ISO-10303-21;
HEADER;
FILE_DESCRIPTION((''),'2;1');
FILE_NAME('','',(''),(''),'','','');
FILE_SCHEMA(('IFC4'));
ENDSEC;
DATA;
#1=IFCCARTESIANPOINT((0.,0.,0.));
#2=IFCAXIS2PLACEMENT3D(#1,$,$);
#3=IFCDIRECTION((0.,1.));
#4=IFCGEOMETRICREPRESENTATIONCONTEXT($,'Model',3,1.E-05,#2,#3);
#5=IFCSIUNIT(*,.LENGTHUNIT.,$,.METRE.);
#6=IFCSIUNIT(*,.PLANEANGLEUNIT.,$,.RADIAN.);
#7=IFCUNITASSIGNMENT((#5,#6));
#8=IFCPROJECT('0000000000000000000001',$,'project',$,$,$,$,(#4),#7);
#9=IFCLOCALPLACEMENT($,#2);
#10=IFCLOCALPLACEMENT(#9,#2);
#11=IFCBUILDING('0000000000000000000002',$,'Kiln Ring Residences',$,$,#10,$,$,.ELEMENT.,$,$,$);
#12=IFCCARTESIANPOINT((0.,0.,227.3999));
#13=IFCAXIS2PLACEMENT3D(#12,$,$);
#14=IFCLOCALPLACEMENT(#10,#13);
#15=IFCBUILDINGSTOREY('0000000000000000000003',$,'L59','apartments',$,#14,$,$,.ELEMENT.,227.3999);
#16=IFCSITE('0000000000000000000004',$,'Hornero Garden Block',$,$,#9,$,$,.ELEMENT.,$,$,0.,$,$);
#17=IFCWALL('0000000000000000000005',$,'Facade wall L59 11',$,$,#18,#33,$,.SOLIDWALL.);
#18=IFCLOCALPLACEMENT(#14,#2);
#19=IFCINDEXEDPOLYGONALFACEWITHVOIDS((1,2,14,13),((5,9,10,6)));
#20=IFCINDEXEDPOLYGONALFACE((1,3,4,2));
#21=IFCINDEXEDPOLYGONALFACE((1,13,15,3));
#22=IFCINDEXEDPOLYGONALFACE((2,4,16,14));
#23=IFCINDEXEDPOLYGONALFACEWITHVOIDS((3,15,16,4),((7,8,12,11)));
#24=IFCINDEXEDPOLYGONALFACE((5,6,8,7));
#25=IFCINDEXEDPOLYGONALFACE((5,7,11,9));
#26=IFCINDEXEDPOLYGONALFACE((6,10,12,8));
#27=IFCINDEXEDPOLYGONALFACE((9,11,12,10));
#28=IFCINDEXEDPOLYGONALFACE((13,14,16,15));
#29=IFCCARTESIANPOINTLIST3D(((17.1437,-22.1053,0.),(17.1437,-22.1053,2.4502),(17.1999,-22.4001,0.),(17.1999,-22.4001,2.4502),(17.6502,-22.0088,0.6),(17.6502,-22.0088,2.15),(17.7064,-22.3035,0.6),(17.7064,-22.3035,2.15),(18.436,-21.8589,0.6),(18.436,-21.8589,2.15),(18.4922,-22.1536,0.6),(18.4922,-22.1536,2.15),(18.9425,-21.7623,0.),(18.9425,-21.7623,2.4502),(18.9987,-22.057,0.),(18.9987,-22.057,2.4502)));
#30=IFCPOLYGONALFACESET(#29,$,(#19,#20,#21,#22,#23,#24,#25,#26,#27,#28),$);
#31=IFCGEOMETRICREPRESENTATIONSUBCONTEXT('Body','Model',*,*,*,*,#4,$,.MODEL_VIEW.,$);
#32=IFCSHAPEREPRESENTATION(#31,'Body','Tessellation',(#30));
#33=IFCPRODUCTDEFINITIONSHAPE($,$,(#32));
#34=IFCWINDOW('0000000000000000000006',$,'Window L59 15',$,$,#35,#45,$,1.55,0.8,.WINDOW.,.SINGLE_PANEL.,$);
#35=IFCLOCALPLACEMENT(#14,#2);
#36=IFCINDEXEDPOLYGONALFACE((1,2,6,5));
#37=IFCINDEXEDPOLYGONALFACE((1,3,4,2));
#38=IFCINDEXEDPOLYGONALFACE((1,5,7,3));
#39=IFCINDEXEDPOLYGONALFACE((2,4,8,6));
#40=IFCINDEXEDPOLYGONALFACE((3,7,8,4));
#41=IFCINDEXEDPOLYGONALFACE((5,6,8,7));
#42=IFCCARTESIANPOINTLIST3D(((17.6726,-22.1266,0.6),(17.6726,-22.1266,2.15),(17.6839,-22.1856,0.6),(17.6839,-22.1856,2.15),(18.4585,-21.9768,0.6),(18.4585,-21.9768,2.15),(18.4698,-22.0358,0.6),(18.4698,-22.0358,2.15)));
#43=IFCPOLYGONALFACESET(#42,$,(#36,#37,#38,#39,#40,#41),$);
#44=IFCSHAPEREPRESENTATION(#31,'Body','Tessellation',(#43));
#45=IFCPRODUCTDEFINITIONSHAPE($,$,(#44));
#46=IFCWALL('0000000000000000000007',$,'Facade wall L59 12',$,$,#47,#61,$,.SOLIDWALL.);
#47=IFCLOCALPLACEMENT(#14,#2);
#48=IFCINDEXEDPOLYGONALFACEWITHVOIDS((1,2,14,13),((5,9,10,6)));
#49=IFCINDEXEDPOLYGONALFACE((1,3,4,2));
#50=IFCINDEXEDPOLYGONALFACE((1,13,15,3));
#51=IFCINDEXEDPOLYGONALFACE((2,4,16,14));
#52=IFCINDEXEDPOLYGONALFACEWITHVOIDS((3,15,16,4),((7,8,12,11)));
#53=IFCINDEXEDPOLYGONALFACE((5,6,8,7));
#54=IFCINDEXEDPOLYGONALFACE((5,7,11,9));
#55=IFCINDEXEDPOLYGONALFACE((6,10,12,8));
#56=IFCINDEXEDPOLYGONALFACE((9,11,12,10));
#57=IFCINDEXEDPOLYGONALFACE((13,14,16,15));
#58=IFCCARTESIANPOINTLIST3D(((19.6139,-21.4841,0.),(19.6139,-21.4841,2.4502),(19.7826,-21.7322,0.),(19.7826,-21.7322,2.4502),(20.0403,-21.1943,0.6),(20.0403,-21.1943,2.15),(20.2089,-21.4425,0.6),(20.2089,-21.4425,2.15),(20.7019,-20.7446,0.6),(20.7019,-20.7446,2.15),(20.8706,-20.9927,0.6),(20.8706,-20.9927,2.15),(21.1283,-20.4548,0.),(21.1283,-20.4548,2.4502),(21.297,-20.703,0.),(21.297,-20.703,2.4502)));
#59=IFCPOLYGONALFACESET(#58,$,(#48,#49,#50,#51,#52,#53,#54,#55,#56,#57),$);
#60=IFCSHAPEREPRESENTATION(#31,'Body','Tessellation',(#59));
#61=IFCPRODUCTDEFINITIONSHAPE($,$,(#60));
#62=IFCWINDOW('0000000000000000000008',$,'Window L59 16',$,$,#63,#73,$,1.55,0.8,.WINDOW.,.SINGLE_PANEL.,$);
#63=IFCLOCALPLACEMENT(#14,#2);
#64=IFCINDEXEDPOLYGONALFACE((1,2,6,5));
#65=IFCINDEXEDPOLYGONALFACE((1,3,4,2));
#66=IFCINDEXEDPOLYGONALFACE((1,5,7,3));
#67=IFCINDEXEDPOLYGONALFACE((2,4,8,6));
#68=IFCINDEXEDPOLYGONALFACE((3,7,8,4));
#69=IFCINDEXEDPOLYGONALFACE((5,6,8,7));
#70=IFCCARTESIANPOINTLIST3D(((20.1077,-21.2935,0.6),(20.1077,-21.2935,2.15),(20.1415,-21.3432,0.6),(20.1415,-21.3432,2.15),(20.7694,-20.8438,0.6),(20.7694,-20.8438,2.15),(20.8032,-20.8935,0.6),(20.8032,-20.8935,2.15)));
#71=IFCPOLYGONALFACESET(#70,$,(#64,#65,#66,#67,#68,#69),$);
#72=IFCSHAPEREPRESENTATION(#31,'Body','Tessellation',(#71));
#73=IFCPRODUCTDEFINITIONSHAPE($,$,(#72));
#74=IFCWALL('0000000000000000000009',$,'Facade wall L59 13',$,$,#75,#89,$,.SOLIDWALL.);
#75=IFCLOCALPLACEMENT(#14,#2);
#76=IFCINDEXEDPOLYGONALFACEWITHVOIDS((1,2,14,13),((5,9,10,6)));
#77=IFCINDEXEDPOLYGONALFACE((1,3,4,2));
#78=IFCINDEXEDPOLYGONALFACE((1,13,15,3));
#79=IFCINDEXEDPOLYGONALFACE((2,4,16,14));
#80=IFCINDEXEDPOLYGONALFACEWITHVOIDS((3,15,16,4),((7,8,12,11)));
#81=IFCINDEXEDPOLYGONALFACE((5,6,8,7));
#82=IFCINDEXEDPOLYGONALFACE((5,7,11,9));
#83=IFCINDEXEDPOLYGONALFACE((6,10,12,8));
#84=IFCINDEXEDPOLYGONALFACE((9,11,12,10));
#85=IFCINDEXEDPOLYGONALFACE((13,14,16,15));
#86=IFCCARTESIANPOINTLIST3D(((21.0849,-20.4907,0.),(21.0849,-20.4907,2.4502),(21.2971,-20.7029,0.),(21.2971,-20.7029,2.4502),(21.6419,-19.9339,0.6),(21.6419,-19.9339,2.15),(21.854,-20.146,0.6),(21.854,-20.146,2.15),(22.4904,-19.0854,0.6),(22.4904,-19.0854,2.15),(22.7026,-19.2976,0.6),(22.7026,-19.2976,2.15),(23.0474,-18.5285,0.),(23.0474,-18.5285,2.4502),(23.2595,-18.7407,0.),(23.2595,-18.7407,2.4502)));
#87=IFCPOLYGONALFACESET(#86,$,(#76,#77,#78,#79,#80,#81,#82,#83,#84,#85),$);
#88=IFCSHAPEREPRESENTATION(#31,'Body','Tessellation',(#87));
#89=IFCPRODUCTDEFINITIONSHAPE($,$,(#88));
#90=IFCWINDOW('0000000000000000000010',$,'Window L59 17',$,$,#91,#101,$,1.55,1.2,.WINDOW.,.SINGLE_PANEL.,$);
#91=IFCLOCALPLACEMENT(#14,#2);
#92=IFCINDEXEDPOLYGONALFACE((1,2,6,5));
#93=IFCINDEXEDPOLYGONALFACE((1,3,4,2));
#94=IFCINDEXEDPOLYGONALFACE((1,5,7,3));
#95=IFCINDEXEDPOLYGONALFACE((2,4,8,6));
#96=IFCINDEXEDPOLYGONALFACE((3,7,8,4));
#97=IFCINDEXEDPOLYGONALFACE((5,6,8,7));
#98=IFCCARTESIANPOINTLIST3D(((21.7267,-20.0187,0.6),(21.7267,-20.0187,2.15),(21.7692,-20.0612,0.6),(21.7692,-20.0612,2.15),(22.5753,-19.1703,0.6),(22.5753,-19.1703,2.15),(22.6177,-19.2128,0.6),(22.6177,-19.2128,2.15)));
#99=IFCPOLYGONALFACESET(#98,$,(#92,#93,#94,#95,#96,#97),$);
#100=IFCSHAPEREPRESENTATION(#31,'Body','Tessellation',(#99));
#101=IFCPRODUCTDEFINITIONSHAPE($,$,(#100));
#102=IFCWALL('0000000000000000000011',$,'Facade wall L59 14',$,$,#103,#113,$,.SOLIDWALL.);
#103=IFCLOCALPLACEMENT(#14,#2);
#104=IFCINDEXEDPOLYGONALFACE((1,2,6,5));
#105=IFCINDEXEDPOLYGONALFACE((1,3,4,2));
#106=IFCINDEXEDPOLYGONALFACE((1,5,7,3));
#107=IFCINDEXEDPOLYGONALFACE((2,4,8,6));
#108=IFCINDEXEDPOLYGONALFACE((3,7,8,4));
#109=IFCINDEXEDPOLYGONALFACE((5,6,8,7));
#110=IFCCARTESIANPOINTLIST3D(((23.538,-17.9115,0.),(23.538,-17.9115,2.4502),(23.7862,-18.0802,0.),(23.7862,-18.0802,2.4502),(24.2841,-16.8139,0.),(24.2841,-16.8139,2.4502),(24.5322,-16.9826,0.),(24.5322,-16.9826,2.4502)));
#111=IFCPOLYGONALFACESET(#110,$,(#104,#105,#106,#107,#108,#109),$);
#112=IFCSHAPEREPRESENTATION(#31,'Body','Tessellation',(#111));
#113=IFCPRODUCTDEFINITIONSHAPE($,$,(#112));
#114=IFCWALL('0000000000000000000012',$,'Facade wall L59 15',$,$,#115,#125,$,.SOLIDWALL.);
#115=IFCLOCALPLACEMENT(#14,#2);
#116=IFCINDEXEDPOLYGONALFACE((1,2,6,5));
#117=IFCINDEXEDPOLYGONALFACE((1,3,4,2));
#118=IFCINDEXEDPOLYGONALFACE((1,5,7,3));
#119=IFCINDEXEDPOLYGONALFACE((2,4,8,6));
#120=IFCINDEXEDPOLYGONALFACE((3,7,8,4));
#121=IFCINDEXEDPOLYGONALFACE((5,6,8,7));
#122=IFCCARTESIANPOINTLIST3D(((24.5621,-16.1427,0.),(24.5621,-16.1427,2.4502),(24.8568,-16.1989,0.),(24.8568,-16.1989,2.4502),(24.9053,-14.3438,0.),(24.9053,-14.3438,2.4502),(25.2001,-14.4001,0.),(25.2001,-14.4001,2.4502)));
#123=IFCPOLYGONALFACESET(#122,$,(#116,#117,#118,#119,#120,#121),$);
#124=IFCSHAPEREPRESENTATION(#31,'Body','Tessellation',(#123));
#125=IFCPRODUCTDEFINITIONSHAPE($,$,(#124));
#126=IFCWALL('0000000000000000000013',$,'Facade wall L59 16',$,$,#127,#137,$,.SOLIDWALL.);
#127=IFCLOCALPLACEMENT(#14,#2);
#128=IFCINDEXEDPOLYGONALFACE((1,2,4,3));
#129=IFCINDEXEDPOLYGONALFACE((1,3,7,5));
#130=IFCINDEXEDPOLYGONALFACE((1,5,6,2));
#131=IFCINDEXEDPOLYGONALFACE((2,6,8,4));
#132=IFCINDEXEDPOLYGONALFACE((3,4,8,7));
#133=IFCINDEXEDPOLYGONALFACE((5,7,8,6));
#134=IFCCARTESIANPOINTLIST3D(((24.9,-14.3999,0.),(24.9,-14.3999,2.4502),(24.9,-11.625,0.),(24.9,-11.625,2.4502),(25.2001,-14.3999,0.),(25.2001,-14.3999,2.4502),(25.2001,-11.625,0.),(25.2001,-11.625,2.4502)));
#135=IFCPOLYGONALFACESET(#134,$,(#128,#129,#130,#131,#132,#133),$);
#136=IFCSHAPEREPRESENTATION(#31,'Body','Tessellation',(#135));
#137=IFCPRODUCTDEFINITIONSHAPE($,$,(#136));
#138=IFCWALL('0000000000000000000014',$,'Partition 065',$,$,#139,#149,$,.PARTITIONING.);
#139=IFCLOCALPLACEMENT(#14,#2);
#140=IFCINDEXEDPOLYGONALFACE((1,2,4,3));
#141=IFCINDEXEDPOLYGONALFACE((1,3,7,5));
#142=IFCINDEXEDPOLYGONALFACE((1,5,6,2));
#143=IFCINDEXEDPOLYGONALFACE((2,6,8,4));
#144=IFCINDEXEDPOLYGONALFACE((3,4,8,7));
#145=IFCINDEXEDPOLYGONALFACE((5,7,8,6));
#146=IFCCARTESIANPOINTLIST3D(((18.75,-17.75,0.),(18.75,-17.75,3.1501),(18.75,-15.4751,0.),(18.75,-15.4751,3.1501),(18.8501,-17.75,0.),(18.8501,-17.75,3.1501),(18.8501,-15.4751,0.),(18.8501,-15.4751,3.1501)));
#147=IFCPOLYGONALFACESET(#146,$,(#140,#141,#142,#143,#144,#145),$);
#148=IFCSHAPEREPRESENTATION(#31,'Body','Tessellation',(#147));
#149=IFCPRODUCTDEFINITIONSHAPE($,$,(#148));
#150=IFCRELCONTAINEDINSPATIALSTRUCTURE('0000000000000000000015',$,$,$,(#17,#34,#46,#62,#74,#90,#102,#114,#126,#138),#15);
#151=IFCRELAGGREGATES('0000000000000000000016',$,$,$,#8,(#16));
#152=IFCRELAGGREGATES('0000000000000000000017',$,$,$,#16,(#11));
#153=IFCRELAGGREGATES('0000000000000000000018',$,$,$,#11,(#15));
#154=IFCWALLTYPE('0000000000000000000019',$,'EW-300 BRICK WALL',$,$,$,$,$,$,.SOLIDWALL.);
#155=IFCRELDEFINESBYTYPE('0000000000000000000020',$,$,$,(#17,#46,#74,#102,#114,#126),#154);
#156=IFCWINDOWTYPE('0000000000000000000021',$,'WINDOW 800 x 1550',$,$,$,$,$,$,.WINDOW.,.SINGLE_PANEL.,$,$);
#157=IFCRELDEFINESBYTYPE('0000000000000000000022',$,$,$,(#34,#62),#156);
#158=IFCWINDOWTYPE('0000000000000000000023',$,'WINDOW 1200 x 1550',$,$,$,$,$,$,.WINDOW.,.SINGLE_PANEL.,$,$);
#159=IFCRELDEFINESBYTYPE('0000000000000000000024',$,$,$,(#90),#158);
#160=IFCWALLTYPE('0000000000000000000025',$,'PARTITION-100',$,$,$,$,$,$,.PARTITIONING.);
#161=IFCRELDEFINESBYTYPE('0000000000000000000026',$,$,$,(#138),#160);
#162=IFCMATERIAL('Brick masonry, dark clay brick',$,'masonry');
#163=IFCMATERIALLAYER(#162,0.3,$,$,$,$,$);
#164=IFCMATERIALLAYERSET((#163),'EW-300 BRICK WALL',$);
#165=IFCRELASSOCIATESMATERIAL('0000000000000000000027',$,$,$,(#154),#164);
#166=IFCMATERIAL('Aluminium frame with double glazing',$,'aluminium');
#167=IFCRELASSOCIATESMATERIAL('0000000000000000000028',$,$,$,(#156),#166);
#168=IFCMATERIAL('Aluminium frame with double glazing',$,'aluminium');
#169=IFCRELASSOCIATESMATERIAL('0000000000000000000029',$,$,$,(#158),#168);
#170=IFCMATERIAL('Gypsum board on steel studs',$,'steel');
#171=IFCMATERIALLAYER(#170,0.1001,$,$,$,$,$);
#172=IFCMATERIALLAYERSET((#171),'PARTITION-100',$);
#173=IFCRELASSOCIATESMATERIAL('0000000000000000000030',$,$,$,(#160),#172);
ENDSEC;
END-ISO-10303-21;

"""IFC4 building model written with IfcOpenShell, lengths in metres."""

from ifc_helpers import new_model, si_unit, direction, frame, frame_2d, origin, place, context, subcontext, project, spatial, rectangle, extrude, material, layer, layer_set, type_object, element, fill, save


model = new_model("IFC4")

# Units and contexts
model_context = context("Model", 3, precision=1e-05, world=origin(), true_north=direction((0.0, 1.0)))
body_context = subcontext(model_context, "Body", "Model", "MODEL_VIEW")
ifc_project = project(units=[si_unit("LENGTHUNIT", "METRE"), si_unit("PLANEANGLEUNIT", "RADIAN")], contexts=[model_context])

# Site, building, storey
site_placement = place(None, origin())
site = spatial("IfcSite", under=ifc_project, at=site_placement, Name="Hornero Garden Block", CompositionType="ELEMENT", RefElevation=0.0)
building_placement = place(site_placement, origin())
building = spatial("IfcBuilding", under=site, at=building_placement, Name="Kiln Ring Residences", CompositionType="ELEMENT")
storey_placement = place(building_placement, frame((0.0, 0.0, 227.3999)))
storey = spatial("IfcBuildingStorey", under=building, at=storey_placement, Name="L59", Description="apartments", CompositionType="ELEMENT", Elevation=227.3999)

# Walls, openings, windows
ifc_material_1 = material(Name="Brick masonry, dark clay brick", Category="masonry")
ifc_layer_1 = layer(ifc_material_1, 0.3)
ifc_layer_set_1 = layer_set([ifc_layer_1], Name="EW-300 BRICK WALL")
wall_type_1 = type_object("IfcWallType", Name="EW-300 BRICK WALL", PredefinedType="SOLIDWALL", material=ifc_layer_set_1)
wall_1_placement = place(storey_placement, frame((17.1719, -22.2527, 0.0), z_axis=(0.0, 0.0, 1.0), x_axis=(0.9823, 0.187314, 0.0)))
wall_1 = element("IfcWall", 1, at=wall_1_placement, inside=storey, type_object=wall_type_1, Name="Facade wall L59 11", PredefinedType="SOLIDWALL", context=body_context, shape_type="SweptSolid", body=[
    extrude(rectangle(XDim=1.8313, YDim=0.3, at=frame_2d((0.9155, 0.0))), origin(), (0.0, 0.0, 1.0), 2.4502),
])
opening_1_placement = place(wall_1_placement, frame((0.5156, 0.0, 0.6001)))
opening_1 = element("IfcOpeningElement", 2, at=opening_1_placement, cuts=wall_1, PredefinedType="OPENING", context=body_context, shape_type="SweptSolid", body=[
    extrude(rectangle(XDim=0.8, YDim=1.55, at=frame_2d((0.3999, 0.7749))), frame((0.0, 0.1599, 0.0), z_axis=(0.0, -1.0, 0.0), x_axis=(1.0, 0.0, 0.0)), (0.0, 0.0, 1.0), 0.3201),
])
ifc_material_2 = material(Name="Aluminium frame with double glazing", Category="aluminium")
window_type_1 = type_object("IfcWindowType", Name="WINDOW 800 x 1550", PartitioningType="SINGLE_PANEL", PredefinedType="WINDOW", material=ifc_material_2)
window_1_placement = place(opening_1_placement, origin())
window_1 = element("IfcWindow", 3, at=window_1_placement, inside=storey, type_object=window_type_1, Name="Window L59 15", OverallHeight=1.55, OverallWidth=0.8, PartitioningType="SINGLE_PANEL", PredefinedType="WINDOW", context=body_context, shape_type="SweptSolid", body=[
    extrude(rectangle(XDim=0.8, YDim=1.55, at=frame_2d((0.3999, 0.7749))), frame((0.0, 0.03, 0.0), z_axis=(0.0, -1.0, 0.0), x_axis=(1.0, 0.0, 0.0)), (0.0, 0.0, 1.0), 0.0601),
])
fill(opening_1, window_1)
wall_2_placement = place(storey_placement, frame((19.6982, -21.6082, 0.0), z_axis=(0.0, 0.0, 1.0), x_axis=(0.827053, 0.562124, 0.0)))
wall_2 = element("IfcWall", 4, at=wall_2_placement, inside=storey, type_object=wall_type_1, Name="Facade wall L59 12", PredefinedType="SOLIDWALL", context=body_context, shape_type="SweptSolid", body=[
    extrude(rectangle(XDim=1.8311, YDim=0.3, at=frame_2d((0.9155, 0.0))), origin(), (0.0, 0.0, 1.0), 2.4502),
])
opening_2_placement = place(wall_2_placement, frame((0.5156, 0.0, 0.6001)))
opening_2 = element("IfcOpeningElement", 5, at=opening_2_placement, cuts=wall_2, PredefinedType="OPENING", context=body_context, shape_type="SweptSolid", body=[
    extrude(rectangle(XDim=0.8, YDim=1.55, at=frame_2d((0.3999, 0.7749))), frame((0.0, 0.1599, 0.0), z_axis=(0.0, -1.0, 0.0), x_axis=(1.0, 0.0, 0.0)), (0.0, 0.0, 1.0), 0.3201),
])
window_2_placement = place(opening_2_placement, origin())
window_2 = element("IfcWindow", 6, at=window_2_placement, inside=storey, type_object=window_type_1, Name="Window L59 16", OverallHeight=1.55, OverallWidth=0.8, PartitioningType="SINGLE_PANEL", PredefinedType="WINDOW", context=body_context, shape_type="SweptSolid", body=[
    extrude(rectangle(XDim=0.8, YDim=1.55, at=frame_2d((0.3999, 0.7749))), frame((0.0, 0.03, 0.0), z_axis=(0.0, -1.0, 0.0), x_axis=(1.0, 0.0, 0.0)), (0.0, 0.0, 1.0), 0.0601),
])
fill(opening_2, window_2)
wall_3_placement = place(storey_placement, frame((21.1909, -20.5969, 0.0), z_axis=(0.0, 0.0, 1.0), x_axis=(0.707151, 0.707063, 0.0)))
wall_3 = element("IfcWall", 7, at=wall_3_placement, inside=storey, type_object=wall_type_1, Name="Facade wall L59 13", PredefinedType="SOLIDWALL", context=body_context, shape_type="SweptSolid", body=[
    extrude(rectangle(XDim=2.7751, YDim=0.3, at=frame_2d((1.3877, 0.0))), origin(), (0.0, 0.0, 1.0), 2.4502),
])
opening_3_placement = place(wall_3_placement, frame((0.7876, 0.0, 0.6001)))
opening_3 = element("IfcOpeningElement", 8, at=opening_3_placement, cuts=wall_3, PredefinedType="OPENING", context=body_context, shape_type="SweptSolid", body=[
    extrude(rectangle(XDim=1.2, YDim=1.55, at=frame_2d((0.6001, 0.7749))), frame((0.0, 0.1599, 0.0), z_axis=(0.0, -1.0, 0.0), x_axis=(1.0, 0.0, 0.0)), (0.0, 0.0, 1.0), 0.3201),
])
ifc_material_3 = material(Name="Aluminium frame with double glazing", Category="aluminium")
window_type_2 = type_object("IfcWindowType", Name="WINDOW 1200 x 1550", PartitioningType="SINGLE_PANEL", PredefinedType="WINDOW", material=ifc_material_3)
window_3_placement = place(opening_3_placement, origin())
window_3 = element("IfcWindow", 9, at=window_3_placement, inside=storey, type_object=window_type_2, Name="Window L59 17", OverallHeight=1.55, OverallWidth=1.2, PartitioningType="SINGLE_PANEL", PredefinedType="WINDOW", context=body_context, shape_type="SweptSolid", body=[
    extrude(rectangle(XDim=1.2, YDim=1.55, at=frame_2d((0.6001, 0.7749))), frame((0.0, 0.03, 0.0), z_axis=(0.0, -1.0, 0.0), x_axis=(1.0, 0.0, 0.0)), (0.0, 0.0, 1.0), 0.0601),
])
fill(opening_3, window_3)

# Walls
wall_4_placement = place(storey_placement, frame((23.6621, -17.9958, 0.0), z_axis=(0.0, 0.0, 1.0), x_axis=(0.562149, 0.827036, 0.0)))
element("IfcWall", 10, at=wall_4_placement, inside=storey, type_object=wall_type_1, Name="Facade wall L59 14", PredefinedType="SOLIDWALL", context=body_context, shape_type="SweptSolid", body=[
    extrude(rectangle(XDim=1.3271, YDim=0.3, at=frame_2d((0.6636, 0.0))), origin(), (0.0, 0.0, 1.0), 2.4502),
])
wall_5_placement = place(storey_placement, frame((24.7095, -16.1707, 0.0), z_axis=(0.0, 0.0, 1.0), x_axis=(0.187443, 0.982275, 0.0)))
element("IfcWall", 11, at=wall_5_placement, inside=storey, type_object=wall_type_1, Name="Facade wall L59 15", PredefinedType="SOLIDWALL", context=body_context, shape_type="SweptSolid", body=[
    extrude(rectangle(XDim=1.8313, YDim=0.3, at=frame_2d((0.9155, 0.0))), origin(), (0.0, 0.0, 1.0), 2.4502),
])
wall_6_placement = place(storey_placement, frame((25.05, -14.3999, 0.0), z_axis=(0.0, 0.0, 1.0), x_axis=(0.0, 1.0, 0.0)))
element("IfcWall", 12, at=wall_6_placement, inside=storey, type_object=wall_type_1, Name="Facade wall L59 16", PredefinedType="SOLIDWALL", context=body_context, shape_type="SweptSolid", body=[
    extrude(rectangle(XDim=2.7749, YDim=0.3, at=frame_2d((1.3875, 0.0))), origin(), (0.0, 0.0, 1.0), 2.4502),
])
ifc_material_4 = material(Name="Gypsum board on steel studs", Category="steel")
ifc_layer_2 = layer(ifc_material_4, 0.1001)
ifc_layer_set_2 = layer_set([ifc_layer_2], Name="PARTITION-100")
wall_type_2 = type_object("IfcWallType", Name="PARTITION-100", PredefinedType="PARTITIONING", material=ifc_layer_set_2)
wall_7_placement = place(storey_placement, frame((18.8, -17.75, 0.0), z_axis=(0.0, 0.0, 1.0), x_axis=(0.0, 1.0, 0.0)))
element("IfcWall", 13, at=wall_7_placement, inside=storey, type_object=wall_type_2, Name="Partition 065", PredefinedType="PARTITIONING", context=body_context, shape_type="SweptSolid", body=[
    extrude(rectangle(XDim=2.2749, YDim=0.1001, at=frame_2d((1.1375, 0.0))), origin(), (0.0, 0.0, 1.0), 3.1501),
])

save(model, "model.ifc")
